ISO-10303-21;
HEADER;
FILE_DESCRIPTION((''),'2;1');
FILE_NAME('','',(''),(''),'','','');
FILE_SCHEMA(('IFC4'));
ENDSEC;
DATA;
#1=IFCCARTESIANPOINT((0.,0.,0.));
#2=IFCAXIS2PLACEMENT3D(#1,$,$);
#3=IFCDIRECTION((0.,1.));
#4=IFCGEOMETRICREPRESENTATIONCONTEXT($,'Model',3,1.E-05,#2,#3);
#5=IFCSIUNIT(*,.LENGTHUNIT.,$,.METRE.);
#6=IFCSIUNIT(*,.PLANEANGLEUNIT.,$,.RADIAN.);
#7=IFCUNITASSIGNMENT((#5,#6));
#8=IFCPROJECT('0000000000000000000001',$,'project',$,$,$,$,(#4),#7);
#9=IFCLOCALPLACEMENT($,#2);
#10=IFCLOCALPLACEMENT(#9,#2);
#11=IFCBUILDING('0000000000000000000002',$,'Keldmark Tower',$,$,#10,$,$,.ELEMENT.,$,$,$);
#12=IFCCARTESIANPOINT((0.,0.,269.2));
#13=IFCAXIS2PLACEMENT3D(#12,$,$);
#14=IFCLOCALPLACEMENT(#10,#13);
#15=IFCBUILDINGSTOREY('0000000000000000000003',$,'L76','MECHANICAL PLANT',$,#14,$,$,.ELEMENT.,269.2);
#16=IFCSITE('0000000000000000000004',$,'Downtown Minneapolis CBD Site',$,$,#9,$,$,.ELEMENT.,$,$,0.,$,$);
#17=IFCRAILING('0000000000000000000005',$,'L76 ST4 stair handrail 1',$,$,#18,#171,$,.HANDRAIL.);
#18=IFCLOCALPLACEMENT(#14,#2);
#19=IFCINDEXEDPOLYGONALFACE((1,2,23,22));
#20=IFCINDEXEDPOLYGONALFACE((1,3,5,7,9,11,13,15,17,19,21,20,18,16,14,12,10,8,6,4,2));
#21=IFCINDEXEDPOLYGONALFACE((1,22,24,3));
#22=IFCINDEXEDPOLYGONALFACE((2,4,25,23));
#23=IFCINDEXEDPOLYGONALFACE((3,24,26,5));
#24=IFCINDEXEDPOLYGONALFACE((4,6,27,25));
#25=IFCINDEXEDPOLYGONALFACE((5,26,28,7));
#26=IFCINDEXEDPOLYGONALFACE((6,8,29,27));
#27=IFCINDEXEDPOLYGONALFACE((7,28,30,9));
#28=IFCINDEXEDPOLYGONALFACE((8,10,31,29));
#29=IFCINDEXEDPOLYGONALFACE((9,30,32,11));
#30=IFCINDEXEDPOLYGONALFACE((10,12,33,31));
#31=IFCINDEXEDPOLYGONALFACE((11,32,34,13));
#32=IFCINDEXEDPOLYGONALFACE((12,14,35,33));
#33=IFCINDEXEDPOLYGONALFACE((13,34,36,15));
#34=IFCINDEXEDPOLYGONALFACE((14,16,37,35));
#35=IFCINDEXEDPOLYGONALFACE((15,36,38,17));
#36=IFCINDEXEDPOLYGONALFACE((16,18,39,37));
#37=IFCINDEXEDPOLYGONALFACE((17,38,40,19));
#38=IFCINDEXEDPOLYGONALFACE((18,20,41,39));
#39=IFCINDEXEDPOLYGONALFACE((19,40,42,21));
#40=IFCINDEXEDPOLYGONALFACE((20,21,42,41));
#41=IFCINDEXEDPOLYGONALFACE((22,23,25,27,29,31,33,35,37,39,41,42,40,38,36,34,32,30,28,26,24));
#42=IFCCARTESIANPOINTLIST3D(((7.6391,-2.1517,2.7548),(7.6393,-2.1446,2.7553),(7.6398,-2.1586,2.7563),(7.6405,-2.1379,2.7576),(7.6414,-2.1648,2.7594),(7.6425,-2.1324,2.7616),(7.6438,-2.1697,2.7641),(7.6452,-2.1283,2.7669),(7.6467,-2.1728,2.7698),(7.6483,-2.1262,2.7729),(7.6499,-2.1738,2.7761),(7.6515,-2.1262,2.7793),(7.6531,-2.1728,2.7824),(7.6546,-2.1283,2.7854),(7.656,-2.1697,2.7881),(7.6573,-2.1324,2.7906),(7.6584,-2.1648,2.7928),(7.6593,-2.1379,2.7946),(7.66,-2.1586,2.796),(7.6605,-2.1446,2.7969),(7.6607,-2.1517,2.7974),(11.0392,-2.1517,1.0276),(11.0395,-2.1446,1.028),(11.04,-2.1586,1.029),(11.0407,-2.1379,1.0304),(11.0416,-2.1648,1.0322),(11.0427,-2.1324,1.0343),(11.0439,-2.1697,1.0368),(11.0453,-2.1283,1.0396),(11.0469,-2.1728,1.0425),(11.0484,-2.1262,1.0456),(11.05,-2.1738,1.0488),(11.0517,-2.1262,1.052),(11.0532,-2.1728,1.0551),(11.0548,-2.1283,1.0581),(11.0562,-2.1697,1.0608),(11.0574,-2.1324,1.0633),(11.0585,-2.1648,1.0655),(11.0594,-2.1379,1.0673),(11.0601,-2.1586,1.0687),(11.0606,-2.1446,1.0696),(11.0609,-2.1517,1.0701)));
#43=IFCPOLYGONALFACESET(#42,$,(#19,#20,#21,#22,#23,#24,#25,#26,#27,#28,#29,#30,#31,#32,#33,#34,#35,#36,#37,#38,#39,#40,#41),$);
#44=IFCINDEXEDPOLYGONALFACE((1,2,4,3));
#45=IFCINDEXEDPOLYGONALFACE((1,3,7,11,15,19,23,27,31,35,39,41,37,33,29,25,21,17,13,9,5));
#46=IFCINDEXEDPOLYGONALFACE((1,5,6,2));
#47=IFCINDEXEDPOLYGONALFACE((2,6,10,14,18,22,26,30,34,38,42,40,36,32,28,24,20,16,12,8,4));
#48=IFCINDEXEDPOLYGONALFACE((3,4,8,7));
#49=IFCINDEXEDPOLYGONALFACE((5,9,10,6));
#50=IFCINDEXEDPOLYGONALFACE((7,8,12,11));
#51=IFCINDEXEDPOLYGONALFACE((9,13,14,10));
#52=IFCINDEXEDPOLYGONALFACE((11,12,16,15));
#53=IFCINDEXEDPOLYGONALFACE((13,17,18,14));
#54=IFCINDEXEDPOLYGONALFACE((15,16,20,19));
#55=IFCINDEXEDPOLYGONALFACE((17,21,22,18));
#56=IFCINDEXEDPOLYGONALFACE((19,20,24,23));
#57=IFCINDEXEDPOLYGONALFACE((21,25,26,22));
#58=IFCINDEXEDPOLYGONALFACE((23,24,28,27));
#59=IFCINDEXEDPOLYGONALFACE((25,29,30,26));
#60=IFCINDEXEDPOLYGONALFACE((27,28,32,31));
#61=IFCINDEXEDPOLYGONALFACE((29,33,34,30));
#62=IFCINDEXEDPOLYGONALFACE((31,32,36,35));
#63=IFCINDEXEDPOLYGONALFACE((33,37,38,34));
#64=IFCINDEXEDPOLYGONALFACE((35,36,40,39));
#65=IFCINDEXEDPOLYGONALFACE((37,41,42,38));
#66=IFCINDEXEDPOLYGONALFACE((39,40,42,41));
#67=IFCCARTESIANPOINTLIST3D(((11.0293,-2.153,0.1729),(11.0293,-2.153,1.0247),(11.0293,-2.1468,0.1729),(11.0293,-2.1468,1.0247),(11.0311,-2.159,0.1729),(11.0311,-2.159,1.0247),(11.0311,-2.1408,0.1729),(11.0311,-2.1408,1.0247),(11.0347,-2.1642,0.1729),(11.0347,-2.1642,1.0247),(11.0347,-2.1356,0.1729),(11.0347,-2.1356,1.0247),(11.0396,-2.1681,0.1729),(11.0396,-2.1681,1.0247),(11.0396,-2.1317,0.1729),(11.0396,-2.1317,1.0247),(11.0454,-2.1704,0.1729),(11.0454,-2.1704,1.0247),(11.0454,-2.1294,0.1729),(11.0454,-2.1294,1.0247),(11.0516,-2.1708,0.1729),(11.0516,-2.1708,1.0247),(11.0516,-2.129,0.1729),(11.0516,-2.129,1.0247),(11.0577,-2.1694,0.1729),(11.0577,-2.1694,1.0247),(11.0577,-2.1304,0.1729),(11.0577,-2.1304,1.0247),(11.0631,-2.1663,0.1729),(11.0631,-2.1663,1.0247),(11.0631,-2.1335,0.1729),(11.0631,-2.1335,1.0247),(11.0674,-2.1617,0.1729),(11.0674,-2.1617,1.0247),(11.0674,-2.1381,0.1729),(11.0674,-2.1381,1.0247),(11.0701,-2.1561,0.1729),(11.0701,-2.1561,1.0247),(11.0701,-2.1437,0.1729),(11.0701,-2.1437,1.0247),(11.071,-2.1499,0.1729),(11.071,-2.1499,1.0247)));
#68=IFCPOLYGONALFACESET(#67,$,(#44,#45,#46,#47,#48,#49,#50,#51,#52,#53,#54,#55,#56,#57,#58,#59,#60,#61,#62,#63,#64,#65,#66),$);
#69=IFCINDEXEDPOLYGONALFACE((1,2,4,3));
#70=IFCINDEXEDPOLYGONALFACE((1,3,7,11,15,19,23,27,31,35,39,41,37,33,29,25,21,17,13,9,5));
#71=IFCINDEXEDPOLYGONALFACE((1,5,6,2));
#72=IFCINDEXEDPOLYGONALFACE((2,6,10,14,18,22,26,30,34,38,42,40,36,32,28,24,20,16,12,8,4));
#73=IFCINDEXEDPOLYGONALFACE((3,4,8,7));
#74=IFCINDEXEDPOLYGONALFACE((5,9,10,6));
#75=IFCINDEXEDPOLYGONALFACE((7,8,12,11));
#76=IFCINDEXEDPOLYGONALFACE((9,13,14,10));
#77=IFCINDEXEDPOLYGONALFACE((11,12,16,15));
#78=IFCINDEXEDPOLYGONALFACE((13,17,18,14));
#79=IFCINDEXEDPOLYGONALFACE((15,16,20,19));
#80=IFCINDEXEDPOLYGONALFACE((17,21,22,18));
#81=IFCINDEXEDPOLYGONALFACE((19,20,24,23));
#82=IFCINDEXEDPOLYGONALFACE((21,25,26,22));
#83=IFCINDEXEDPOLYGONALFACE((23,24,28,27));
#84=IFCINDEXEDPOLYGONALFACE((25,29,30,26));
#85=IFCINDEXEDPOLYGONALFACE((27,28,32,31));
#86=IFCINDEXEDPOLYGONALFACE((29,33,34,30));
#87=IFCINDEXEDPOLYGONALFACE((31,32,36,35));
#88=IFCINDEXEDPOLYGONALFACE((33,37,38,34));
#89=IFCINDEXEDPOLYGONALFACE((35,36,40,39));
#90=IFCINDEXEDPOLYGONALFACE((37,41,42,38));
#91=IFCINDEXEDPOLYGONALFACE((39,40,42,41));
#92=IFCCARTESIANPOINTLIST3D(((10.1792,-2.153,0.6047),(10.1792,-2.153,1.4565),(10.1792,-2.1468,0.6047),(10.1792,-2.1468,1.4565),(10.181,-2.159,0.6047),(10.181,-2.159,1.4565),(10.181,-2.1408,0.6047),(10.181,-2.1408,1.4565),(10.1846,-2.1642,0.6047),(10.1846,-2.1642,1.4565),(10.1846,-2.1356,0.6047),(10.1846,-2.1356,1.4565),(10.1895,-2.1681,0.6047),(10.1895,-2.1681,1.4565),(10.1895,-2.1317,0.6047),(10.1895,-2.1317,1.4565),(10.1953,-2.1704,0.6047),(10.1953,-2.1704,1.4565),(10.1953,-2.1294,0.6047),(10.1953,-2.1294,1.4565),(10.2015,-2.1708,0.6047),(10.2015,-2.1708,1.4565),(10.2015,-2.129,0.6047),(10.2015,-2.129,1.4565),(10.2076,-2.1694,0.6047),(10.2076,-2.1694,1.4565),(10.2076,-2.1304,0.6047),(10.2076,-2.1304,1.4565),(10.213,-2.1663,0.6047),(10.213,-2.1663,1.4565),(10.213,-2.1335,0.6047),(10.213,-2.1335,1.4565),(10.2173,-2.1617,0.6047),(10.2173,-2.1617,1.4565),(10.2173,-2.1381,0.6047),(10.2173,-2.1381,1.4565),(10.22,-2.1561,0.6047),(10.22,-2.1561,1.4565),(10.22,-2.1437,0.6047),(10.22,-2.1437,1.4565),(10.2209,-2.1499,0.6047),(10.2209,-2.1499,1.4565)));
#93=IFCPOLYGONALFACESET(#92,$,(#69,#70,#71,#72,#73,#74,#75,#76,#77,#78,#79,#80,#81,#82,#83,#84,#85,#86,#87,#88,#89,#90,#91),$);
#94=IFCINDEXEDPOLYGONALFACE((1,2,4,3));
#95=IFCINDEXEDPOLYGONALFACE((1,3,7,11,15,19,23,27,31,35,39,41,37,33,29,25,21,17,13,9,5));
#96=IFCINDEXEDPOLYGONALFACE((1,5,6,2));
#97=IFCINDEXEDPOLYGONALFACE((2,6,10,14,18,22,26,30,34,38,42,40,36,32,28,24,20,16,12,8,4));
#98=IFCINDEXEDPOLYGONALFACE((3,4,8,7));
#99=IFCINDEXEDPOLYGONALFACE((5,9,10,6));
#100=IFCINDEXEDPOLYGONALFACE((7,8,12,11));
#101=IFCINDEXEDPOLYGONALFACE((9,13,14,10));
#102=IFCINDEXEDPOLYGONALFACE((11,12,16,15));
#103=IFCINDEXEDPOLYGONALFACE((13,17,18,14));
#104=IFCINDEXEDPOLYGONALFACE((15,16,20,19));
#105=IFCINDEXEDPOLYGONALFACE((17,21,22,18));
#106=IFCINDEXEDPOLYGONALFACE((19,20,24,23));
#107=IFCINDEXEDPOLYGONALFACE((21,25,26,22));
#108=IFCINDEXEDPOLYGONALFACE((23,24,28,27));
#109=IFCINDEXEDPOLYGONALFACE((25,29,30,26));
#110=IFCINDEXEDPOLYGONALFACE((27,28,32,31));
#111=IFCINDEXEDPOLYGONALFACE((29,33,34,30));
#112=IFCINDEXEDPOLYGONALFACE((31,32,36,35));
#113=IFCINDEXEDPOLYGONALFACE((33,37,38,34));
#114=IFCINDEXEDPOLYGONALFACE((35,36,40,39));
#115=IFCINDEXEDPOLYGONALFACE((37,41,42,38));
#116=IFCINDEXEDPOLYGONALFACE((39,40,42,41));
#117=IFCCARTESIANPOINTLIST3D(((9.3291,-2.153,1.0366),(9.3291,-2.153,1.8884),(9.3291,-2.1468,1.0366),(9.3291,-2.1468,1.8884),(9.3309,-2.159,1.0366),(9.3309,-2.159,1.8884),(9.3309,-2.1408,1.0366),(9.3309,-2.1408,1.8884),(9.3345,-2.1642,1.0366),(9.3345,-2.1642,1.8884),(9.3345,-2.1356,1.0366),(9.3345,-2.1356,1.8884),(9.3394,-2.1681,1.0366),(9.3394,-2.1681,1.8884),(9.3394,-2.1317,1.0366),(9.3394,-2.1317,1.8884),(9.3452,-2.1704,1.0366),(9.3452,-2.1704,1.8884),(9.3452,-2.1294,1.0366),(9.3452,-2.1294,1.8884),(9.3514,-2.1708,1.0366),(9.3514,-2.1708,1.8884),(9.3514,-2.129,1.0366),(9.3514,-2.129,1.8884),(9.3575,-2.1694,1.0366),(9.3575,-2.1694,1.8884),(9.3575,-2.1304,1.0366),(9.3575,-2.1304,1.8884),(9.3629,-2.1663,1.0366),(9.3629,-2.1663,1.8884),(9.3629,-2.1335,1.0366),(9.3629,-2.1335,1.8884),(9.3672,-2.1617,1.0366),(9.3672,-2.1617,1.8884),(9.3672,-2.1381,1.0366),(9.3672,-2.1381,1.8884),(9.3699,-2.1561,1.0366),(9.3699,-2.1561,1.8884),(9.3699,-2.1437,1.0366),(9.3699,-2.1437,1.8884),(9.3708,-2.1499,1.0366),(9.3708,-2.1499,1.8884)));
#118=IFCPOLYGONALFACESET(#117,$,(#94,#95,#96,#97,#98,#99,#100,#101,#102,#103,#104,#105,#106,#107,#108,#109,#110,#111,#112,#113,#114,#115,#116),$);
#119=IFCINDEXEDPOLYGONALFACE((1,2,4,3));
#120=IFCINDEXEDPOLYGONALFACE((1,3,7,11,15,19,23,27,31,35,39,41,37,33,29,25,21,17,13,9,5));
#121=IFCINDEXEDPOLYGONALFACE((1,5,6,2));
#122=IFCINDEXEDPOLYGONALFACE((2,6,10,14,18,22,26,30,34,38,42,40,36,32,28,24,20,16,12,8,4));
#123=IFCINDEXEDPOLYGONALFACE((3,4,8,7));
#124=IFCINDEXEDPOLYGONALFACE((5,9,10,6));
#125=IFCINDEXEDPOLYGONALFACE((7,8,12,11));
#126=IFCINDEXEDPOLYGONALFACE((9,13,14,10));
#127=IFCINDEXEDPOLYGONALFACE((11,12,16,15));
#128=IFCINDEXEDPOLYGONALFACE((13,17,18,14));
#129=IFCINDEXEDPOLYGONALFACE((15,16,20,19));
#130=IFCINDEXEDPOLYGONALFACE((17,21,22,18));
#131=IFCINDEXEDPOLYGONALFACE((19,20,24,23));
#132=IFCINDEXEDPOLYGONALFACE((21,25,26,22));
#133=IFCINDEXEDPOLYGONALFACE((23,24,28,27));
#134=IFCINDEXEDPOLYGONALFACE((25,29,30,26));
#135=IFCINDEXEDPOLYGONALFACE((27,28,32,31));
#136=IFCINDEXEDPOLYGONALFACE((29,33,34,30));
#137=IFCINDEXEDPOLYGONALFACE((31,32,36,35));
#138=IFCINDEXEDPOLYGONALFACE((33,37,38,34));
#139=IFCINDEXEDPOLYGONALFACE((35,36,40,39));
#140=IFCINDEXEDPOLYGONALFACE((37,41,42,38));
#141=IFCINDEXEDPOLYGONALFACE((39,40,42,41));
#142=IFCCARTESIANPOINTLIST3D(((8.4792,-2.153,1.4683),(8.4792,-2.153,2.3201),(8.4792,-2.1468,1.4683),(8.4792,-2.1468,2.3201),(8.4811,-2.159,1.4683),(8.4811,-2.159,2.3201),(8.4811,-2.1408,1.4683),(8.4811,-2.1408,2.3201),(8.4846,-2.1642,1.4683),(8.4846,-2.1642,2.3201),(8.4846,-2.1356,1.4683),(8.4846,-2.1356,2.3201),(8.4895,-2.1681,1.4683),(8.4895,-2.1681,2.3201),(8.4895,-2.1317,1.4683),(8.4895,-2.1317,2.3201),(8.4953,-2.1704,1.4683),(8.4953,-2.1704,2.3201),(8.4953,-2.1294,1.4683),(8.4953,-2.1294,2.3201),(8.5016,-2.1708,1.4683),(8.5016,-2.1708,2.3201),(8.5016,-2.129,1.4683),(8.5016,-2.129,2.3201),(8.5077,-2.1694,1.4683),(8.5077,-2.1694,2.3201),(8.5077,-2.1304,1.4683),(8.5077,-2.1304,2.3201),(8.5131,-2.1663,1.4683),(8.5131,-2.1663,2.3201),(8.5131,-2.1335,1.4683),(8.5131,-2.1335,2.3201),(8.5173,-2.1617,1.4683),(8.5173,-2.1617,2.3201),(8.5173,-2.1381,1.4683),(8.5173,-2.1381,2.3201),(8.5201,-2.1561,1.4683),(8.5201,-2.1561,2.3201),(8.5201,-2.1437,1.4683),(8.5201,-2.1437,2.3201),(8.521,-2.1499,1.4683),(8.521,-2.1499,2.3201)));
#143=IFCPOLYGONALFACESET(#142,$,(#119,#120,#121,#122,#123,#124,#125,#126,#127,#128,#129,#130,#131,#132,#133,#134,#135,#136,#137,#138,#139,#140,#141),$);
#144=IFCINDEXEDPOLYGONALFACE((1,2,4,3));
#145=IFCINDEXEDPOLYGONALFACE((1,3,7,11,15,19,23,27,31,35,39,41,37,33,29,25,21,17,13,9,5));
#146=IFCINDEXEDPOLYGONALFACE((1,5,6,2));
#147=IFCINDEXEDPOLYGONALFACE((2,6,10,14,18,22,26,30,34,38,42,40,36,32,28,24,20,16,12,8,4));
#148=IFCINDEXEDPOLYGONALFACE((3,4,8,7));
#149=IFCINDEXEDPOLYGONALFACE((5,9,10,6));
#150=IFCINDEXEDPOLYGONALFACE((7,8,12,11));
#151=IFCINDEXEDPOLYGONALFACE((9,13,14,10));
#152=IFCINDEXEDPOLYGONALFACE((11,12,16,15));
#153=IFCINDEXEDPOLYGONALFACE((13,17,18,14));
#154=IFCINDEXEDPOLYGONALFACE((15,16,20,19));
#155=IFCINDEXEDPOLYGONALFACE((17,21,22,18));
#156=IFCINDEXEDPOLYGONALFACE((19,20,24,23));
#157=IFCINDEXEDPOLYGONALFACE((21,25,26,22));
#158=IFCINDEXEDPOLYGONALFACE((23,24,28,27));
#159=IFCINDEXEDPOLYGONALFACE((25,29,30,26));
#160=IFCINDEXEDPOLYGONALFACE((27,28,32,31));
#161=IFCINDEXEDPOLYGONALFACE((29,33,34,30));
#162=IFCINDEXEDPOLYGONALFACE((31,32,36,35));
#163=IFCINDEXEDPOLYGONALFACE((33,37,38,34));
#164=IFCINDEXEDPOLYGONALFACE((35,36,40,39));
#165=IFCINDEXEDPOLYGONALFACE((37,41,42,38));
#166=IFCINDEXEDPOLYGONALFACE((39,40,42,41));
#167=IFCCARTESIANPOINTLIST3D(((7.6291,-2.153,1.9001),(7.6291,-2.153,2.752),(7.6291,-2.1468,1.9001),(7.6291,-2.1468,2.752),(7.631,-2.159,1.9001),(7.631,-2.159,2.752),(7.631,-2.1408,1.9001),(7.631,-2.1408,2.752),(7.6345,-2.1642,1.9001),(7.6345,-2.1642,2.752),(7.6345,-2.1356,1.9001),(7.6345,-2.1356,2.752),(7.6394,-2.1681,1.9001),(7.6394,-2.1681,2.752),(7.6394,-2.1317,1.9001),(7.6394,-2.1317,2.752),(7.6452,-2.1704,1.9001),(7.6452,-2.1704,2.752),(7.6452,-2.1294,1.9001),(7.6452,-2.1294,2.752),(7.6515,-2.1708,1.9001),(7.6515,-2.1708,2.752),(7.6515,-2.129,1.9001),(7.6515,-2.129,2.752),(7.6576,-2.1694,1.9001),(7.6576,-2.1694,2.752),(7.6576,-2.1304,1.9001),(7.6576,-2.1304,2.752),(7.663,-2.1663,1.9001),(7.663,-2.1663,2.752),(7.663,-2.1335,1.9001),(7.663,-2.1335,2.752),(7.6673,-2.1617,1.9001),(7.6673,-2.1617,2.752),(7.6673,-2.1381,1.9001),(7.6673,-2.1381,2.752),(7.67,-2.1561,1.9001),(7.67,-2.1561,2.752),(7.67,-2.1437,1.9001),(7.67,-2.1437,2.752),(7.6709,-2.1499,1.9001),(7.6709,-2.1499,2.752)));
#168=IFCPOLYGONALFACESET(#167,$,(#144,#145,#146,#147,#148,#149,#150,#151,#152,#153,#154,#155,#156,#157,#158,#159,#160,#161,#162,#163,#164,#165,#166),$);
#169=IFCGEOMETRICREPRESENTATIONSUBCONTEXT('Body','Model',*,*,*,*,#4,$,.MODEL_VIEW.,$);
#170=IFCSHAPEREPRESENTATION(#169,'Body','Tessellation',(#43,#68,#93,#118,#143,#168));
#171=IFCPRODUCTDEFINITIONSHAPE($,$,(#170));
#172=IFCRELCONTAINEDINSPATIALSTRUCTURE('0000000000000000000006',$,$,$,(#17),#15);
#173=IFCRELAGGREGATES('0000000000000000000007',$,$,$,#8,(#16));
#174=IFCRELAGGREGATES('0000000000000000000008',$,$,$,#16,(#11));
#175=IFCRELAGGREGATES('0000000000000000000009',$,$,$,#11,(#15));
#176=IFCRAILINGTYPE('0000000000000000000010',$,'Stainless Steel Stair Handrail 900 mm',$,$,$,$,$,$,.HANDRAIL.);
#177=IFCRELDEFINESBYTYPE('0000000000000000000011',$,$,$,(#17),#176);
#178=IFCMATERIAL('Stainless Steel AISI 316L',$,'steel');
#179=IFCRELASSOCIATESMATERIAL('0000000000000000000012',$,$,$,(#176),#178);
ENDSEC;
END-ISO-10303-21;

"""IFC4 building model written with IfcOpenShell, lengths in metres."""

from ifc_helpers import new_model, si_unit, direction, frame, origin, origin_2d, place, context, subcontext, project, spatial, circle, extrude, material, type_object, element, save


model = new_model("IFC4")

# Units and contexts
model_context = context("Model", 3, precision=1e-05, world=origin(), true_north=direction((0.0, 1.0)))
body_context = subcontext(model_context, "Body", "Model", "MODEL_VIEW")
ifc_project = project(units=[si_unit("LENGTHUNIT", "METRE"), si_unit("PLANEANGLEUNIT", "RADIAN")], contexts=[model_context])

# Site, building, storey
site_placement = place(None, origin())
site = spatial("IfcSite", under=ifc_project, at=site_placement, Name="Downtown Minneapolis CBD Site", CompositionType="ELEMENT", RefElevation=0.0)
building_placement = place(site_placement, origin())
building = spatial("IfcBuilding", under=site, at=building_placement, Name="Keldmark Tower", CompositionType="ELEMENT")
storey_placement = place(building_placement, frame((0.0, 0.0, 269.2)))
storey = spatial("IfcBuildingStorey", under=building, at=storey_placement, Name="L76", Description="MECHANICAL PLANT", CompositionType="ELEMENT", Elevation=269.2)

# Railing
ifc_material_1 = material(Name="Stainless Steel AISI 316L", Category="steel")
railing_type = type_object("IfcRailingType", Name="Stainless Steel Stair Handrail 900 mm", PredefinedType="HANDRAIL", material=ifc_material_1)
railing_placement = place(storey_placement, frame((11.05, -2.1499, 0.1729)))
element("IfcRailing", 1, at=railing_placement, inside=storey, type_object=railing_type, Name="L76 ST4 stair handrail 1", PredefinedType="HANDRAIL", context=body_context, shape_type="SweptSolid", body=[
    extrude(circle(Radius=0.0239, at=origin_2d()), frame((0.0, 0.0, 0.876), z_axis=(-0.891554, 0.0, 0.452915), x_axis=(0.0, -1.0, 0.0)), (0.0, 0.0, 1.0), 3.8137),
    extrude(circle(Radius=0.021, at=origin_2d()), origin(), (0.0, 0.0, 1.0), 0.8518),
    extrude(circle(Radius=0.021, at=origin_2d()), frame((-0.8501, 0.0, 0.4319)), (0.0, 0.0, 1.0), 0.8518),
    extrude(circle(Radius=0.021, at=origin_2d()), frame((-1.7002, 0.0, 0.8638)), (0.0, 0.0, 1.0), 0.8518),
    extrude(circle(Radius=0.021, at=origin_2d()), frame((-2.55, 0.0, 1.2954)), (0.0, 0.0, 1.0), 0.8518),
    extrude(circle(Radius=0.021, at=origin_2d()), frame((-3.4001, 0.0, 1.7273)), (0.0, 0.0, 1.0), 0.8518),
])

save(model, "model.ifc")
